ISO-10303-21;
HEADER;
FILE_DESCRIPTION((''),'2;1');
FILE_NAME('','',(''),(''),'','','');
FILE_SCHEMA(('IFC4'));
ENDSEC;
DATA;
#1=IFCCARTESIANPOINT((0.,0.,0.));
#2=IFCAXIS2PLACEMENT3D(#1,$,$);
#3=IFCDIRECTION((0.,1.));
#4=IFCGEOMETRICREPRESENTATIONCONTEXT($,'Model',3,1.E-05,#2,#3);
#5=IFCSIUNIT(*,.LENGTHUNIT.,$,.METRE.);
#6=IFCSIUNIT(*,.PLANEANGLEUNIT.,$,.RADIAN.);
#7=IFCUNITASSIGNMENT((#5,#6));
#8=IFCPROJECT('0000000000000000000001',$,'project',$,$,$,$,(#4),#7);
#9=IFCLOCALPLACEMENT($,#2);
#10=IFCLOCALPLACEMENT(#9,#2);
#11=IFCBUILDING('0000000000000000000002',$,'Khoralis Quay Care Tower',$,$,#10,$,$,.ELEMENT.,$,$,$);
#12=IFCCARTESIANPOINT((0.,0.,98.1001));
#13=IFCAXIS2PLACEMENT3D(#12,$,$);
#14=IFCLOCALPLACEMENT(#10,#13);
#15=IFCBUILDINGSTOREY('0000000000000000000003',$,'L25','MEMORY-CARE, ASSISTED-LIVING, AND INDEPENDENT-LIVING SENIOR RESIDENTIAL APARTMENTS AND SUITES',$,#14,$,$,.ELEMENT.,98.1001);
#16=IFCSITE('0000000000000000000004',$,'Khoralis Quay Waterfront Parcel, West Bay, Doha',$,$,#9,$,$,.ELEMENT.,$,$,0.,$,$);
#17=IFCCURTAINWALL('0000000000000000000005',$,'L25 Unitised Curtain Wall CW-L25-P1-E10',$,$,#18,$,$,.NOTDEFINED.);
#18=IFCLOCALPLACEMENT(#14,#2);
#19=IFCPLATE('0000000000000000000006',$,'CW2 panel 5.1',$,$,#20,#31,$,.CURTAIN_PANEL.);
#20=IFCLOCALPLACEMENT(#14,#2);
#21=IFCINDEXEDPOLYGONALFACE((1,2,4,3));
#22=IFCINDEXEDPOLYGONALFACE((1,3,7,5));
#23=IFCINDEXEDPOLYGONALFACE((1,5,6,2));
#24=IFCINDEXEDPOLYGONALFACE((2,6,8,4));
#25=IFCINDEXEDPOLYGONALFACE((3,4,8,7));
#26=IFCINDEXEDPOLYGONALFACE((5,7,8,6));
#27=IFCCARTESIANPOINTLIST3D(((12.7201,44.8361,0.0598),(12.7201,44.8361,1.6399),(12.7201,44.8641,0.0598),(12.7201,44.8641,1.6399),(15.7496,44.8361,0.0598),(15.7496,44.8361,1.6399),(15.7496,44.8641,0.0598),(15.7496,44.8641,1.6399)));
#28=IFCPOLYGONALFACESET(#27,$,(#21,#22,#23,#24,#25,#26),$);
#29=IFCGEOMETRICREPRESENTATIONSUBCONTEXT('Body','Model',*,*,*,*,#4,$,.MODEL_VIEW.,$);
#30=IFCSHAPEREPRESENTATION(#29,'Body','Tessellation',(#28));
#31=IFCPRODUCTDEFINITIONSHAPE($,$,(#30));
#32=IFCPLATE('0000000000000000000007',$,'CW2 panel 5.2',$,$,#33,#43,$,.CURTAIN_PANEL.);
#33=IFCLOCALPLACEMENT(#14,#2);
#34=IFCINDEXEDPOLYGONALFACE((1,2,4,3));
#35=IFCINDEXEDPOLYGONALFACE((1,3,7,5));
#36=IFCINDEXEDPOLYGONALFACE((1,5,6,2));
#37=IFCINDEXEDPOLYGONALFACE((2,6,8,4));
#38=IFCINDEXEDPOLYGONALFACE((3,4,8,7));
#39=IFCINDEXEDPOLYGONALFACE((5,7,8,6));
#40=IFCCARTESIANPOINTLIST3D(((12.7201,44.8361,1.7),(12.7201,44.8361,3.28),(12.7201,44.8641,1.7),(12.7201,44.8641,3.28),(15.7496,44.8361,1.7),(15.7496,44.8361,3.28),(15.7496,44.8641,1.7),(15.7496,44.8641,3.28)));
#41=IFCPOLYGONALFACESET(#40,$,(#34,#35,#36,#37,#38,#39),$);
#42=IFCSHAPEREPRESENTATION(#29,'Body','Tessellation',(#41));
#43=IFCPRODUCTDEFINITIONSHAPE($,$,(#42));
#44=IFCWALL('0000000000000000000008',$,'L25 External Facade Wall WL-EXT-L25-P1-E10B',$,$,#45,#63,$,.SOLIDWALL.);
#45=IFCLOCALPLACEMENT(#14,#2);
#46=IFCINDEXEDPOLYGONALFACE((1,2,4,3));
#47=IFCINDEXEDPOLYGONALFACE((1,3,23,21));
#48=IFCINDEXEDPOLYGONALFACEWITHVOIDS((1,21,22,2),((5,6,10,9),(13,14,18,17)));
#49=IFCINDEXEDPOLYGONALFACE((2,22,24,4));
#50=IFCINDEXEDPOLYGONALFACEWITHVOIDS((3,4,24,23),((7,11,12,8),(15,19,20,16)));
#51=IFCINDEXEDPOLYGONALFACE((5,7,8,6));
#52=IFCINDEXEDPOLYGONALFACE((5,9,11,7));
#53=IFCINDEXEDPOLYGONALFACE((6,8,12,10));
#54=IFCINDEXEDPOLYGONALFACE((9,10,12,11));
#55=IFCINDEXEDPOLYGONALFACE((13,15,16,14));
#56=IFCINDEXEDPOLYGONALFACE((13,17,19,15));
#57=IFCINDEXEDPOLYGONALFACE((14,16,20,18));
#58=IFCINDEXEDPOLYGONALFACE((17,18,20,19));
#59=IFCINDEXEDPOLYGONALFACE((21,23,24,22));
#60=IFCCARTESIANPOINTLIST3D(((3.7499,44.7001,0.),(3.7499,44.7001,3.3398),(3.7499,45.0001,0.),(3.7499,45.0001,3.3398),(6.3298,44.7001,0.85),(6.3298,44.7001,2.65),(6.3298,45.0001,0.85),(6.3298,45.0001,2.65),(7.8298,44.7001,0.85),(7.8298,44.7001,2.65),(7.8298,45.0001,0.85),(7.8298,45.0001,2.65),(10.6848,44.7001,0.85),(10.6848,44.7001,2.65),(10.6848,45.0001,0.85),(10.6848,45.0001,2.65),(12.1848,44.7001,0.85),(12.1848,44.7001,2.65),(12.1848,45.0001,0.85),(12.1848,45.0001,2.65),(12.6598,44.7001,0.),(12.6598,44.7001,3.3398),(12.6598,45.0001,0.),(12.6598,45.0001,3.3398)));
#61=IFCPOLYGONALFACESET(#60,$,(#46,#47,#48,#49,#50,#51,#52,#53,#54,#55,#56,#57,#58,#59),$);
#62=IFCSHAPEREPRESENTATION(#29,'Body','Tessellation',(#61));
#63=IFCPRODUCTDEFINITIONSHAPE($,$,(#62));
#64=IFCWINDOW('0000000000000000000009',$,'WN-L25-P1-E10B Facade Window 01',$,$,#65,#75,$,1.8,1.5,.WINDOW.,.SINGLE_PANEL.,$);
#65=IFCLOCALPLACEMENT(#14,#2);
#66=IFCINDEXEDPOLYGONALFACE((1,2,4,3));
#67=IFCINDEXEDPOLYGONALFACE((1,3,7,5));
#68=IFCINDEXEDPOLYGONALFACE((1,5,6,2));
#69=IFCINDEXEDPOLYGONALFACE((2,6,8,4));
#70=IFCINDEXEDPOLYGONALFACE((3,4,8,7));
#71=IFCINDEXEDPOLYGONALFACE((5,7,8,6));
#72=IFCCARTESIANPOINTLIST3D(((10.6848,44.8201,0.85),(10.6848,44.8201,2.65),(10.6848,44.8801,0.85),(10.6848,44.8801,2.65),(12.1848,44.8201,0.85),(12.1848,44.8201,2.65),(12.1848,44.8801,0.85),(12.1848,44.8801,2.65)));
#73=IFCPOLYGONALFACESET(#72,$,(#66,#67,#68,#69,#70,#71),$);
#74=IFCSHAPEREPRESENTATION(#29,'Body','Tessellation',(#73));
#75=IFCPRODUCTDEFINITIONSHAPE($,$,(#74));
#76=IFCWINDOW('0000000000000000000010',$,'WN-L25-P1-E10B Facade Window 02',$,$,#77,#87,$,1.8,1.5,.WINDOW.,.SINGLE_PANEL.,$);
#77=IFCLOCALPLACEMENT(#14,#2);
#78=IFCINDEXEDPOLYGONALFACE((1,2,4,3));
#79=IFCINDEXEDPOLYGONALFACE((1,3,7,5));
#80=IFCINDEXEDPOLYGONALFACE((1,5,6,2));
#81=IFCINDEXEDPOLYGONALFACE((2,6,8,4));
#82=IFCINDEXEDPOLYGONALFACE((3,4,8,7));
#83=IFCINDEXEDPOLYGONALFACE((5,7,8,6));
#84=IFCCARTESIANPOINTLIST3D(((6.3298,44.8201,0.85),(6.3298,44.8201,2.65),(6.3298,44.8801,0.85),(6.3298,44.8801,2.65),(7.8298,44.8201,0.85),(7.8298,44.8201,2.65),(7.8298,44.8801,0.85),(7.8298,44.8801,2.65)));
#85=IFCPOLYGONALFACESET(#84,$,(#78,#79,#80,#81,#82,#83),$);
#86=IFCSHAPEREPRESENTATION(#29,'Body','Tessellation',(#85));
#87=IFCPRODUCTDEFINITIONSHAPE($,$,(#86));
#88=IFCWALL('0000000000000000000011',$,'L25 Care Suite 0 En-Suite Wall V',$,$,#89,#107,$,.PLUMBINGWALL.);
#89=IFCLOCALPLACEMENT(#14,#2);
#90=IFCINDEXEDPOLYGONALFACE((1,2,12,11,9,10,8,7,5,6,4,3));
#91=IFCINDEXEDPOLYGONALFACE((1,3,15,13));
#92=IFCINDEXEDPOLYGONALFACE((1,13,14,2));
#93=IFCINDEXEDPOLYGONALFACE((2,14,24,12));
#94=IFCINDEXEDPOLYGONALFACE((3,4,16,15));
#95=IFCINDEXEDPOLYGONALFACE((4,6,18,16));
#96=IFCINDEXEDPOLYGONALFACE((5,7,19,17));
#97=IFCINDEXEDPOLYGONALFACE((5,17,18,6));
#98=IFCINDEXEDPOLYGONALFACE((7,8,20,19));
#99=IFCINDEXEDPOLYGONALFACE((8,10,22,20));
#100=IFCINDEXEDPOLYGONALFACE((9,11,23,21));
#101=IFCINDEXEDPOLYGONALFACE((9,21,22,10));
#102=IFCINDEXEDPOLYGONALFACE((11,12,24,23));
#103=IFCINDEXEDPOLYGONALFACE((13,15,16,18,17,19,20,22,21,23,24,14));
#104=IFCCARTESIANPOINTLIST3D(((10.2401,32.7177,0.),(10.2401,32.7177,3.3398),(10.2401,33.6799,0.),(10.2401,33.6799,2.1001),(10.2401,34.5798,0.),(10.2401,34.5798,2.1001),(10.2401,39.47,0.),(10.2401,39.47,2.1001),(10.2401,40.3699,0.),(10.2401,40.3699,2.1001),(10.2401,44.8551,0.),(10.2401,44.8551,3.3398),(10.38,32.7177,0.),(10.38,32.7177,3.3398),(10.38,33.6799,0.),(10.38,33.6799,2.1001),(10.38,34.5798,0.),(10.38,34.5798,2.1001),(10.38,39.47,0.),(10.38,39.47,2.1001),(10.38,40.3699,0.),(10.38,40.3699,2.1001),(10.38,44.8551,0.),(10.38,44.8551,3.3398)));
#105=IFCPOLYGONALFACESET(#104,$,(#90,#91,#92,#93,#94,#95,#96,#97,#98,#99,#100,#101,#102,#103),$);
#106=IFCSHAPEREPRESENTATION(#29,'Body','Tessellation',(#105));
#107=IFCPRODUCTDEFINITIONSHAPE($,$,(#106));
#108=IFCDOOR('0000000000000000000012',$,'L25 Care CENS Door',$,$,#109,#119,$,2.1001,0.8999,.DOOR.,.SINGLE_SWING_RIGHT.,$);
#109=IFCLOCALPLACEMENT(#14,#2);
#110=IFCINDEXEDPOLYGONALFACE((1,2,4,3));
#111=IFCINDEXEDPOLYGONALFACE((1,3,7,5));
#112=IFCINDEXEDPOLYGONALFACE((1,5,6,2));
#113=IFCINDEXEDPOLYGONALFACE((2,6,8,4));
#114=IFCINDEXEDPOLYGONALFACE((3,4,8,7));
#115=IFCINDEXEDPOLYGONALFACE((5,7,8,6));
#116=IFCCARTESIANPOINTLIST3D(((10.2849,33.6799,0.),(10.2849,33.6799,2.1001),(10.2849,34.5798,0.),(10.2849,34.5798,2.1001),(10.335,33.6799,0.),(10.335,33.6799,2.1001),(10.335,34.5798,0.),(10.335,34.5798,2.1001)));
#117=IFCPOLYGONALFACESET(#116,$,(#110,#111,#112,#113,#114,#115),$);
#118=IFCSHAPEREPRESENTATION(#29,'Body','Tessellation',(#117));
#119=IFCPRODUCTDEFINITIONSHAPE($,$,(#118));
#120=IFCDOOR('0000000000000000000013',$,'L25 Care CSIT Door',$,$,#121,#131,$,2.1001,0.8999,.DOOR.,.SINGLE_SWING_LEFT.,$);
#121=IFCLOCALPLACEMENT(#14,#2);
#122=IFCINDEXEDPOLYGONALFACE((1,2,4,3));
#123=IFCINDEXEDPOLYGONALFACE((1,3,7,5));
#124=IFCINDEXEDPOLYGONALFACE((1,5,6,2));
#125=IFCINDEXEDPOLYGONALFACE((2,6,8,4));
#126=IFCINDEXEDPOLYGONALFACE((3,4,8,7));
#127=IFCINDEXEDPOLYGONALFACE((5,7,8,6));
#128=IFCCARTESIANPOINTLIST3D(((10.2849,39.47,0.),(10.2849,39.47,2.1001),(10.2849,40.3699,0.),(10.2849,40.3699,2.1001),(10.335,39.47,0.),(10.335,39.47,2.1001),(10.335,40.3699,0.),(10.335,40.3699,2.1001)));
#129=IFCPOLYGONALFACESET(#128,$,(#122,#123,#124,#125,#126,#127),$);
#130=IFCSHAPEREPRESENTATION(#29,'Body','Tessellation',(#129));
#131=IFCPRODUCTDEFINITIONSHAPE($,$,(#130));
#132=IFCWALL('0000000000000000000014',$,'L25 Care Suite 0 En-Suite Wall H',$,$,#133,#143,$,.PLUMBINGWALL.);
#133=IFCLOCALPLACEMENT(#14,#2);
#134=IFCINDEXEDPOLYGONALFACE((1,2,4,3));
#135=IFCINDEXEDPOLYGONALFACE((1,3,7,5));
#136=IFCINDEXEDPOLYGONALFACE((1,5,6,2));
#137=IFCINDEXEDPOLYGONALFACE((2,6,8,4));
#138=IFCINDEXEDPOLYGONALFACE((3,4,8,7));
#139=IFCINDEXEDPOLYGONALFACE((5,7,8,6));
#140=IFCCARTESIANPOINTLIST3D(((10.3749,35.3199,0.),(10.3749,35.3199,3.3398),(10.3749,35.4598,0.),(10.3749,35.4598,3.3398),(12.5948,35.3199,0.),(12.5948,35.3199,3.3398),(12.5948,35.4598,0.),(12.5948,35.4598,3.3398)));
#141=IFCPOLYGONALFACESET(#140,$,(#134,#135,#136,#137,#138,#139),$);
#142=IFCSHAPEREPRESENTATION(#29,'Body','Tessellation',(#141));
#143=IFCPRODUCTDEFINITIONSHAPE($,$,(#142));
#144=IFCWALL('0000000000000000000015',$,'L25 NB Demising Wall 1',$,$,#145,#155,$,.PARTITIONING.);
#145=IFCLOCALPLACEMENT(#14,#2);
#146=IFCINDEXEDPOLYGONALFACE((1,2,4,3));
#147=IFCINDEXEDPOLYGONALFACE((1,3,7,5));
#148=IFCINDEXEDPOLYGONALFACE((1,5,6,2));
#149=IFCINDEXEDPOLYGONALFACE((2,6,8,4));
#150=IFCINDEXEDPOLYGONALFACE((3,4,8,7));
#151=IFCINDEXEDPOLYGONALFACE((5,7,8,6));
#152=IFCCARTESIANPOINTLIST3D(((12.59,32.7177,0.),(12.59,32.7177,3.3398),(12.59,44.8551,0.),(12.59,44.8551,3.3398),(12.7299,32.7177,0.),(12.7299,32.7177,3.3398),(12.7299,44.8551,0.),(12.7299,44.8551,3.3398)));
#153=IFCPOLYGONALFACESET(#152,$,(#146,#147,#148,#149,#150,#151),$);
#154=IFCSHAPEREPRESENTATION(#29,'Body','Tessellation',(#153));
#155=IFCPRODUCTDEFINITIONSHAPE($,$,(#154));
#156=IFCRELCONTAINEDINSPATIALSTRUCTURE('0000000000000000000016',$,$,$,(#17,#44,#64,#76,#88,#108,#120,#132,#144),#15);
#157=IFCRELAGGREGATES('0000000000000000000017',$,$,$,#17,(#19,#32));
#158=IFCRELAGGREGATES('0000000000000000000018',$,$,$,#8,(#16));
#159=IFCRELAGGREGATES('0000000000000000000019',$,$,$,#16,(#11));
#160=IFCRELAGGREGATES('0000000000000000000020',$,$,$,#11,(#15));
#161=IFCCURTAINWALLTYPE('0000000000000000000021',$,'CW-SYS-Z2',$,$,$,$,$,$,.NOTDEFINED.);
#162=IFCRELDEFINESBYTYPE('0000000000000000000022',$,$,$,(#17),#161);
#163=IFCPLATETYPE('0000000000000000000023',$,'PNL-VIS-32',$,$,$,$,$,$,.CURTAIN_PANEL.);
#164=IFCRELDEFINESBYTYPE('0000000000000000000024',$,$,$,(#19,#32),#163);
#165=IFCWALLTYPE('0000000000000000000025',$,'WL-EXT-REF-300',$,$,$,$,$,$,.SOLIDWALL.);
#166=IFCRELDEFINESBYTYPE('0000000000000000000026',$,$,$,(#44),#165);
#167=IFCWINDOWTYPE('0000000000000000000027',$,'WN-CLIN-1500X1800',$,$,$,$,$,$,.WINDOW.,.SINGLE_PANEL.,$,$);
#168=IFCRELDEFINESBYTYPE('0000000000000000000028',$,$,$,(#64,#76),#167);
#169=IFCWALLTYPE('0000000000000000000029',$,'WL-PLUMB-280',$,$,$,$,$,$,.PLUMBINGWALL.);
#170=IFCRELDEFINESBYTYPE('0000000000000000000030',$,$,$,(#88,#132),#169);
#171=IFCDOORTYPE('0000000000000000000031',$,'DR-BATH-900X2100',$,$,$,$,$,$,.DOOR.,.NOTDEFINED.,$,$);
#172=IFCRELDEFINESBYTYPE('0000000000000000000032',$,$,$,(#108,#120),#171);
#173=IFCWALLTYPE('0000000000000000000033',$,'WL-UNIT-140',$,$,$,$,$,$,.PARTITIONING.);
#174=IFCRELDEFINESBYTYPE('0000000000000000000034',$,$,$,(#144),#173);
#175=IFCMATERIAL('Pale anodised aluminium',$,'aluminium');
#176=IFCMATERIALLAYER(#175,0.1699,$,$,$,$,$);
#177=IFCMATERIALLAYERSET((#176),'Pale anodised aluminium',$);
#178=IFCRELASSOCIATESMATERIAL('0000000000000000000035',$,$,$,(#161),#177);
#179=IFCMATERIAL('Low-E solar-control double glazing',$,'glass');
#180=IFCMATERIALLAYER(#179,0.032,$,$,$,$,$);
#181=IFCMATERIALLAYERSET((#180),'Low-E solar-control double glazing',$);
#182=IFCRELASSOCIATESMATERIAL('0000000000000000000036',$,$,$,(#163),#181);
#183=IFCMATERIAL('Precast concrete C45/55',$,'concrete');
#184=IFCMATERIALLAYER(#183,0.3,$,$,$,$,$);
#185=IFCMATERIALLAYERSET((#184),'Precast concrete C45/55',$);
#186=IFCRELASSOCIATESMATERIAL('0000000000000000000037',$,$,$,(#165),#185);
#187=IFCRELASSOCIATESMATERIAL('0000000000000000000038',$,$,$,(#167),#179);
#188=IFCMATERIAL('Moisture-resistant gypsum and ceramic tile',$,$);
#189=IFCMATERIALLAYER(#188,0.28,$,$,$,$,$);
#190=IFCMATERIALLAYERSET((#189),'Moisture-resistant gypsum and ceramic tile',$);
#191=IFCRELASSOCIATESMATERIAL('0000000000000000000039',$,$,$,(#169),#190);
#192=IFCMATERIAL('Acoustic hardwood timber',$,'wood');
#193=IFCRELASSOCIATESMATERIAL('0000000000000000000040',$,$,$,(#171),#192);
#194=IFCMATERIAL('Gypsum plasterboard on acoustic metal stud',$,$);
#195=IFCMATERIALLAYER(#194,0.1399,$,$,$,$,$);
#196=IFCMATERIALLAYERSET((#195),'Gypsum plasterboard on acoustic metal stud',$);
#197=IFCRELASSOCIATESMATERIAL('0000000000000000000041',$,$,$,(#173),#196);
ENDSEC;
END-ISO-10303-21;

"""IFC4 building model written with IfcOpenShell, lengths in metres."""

from ifc_helpers import new_model, si_unit, direction, frame, frame_2d, origin, origin_2d, place, context, subcontext, project, spatial, rectangle, extrude, source, transform, mapped, material, layer, layer_set, type_object, element, fill, aggregate, save


model = new_model("IFC4")

# Units and contexts
model_context = context("Model", 3, precision=1e-05, world=origin(), true_north=direction((0.0, 1.0)))
body_context = subcontext(model_context, "Body", "Model", "MODEL_VIEW")
ifc_project = project(units=[si_unit("LENGTHUNIT", "METRE"), si_unit("PLANEANGLEUNIT", "RADIAN")], contexts=[model_context])

# Site, building, storey
site_placement = place(None, origin())
site = spatial("IfcSite", under=ifc_project, at=site_placement, Name="Khoralis Quay Waterfront Parcel, West Bay, Doha", CompositionType="ELEMENT", RefElevation=0.0)
building_placement = place(site_placement, origin())
building = spatial("IfcBuilding", under=site, at=building_placement, Name="Khoralis Quay Care Tower", CompositionType="ELEMENT")
storey_placement = place(building_placement, frame((0.0, 0.0, 98.1001)))
storey = spatial("IfcBuildingStorey", under=building, at=storey_placement, Name="L25", Description="MEMORY-CARE, ASSISTED-LIVING, AND INDEPENDENT-LIVING SENIOR RESIDENTIAL APARTMENTS AND SUITES", CompositionType="ELEMENT", Elevation=98.1001)

# Curtain wall, plates
ifc_material_1 = material(Name="Pale anodised aluminium", Category="aluminium")
ifc_layer_1 = layer(ifc_material_1, 0.1699)
ifc_layer_set_1 = layer_set([ifc_layer_1], Name="Pale anodised aluminium")
curtain_wall_type = type_object("IfcCurtainWallType", Name="CW-SYS-Z2", PredefinedType="NOTDEFINED", material=ifc_layer_set_1)
curtain_wall_placement = place(storey_placement, origin())
curtain_wall = element("IfcCurtainWall", 1, at=curtain_wall_placement, inside=storey, type_object=curtain_wall_type, Name="L25 Unitised Curtain Wall CW-L25-P1-E10", PredefinedType="NOTDEFINED")
ifc_material_2 = material(Name="Low-E solar-control double glazing", Category="glass")
ifc_layer_2 = layer(ifc_material_2, 0.032)
ifc_layer_set_2 = layer_set([ifc_layer_2], Name="Low-E solar-control double glazing")
plate_type = type_object("IfcPlateType", Name="PNL-VIS-32", PredefinedType="CURTAIN_PANEL", material=ifc_layer_set_2)
shared_shape_1 = source(origin(), body_context, "Body", "SweptSolid", [
    extrude(rectangle(XDim=3.0295, YDim=0.0281, at=origin_2d()), origin(), (0.0, 0.0, 1.0), 1.5801),
])
plate_1_placement = place(storey_placement, frame((14.2349, 44.8501, 0.0598), z_axis=(0.0, 0.0, 1.0), x_axis=(-1.0, 0.0, 0.0)))
plate_1 = element("IfcPlate", 2, at=plate_1_placement, type_object=plate_type, Name="CW2 panel 5.1", PredefinedType="CURTAIN_PANEL", context=body_context, shape_type="MappedRepresentation", body=[
    mapped(shared_shape_1, transform((0.0, 0.0, 0.0), scale=1.0)),
])
plate_2_placement = place(storey_placement, frame((14.2349, 44.8501, 1.7), z_axis=(0.0, 0.0, 1.0), x_axis=(-1.0, 0.0, 0.0)))
plate_2 = element("IfcPlate", 3, at=plate_2_placement, type_object=plate_type, Name="CW2 panel 5.2", PredefinedType="CURTAIN_PANEL", context=body_context, shape_type="MappedRepresentation", body=[
    mapped(shared_shape_1, transform((0.0, 0.0, 0.0), scale=1.0)),
])
aggregate(curtain_wall, [plate_1, plate_2])

# Wall, openings, windows
ifc_material_3 = material(Name="Precast concrete C45/55", Category="concrete")
ifc_layer_3 = layer(ifc_material_3, 0.3)
ifc_layer_set_3 = layer_set([ifc_layer_3], Name="Precast concrete C45/55")
wall_type_1 = type_object("IfcWallType", Name="WL-EXT-REF-300", PredefinedType="SOLIDWALL", material=ifc_layer_set_3)
wall_1_placement = place(storey_placement, frame((12.6599, 44.8501, 0.0), z_axis=(0.0, 0.0, 1.0), x_axis=(-1.0, 0.0, 0.0)))
wall_1 = element("IfcWall", 4, at=wall_1_placement, inside=storey, type_object=wall_type_1, Name="L25 External Facade Wall WL-EXT-L25-P1-E10B", PredefinedType="SOLIDWALL", context=body_context, shape_type="SweptSolid", body=[
    extrude(rectangle(XDim=8.9099, YDim=0.3, at=frame_2d((4.4551, 0.0))), origin(), (0.0, 0.0, 1.0), 3.3398),
])
opening_1_placement = place(wall_1_placement, frame((0.4751, 0.0, 0.8501)))
opening_1 = element("IfcOpeningElement", 5, at=opening_1_placement, cuts=wall_1, PredefinedType="OPENING", context=body_context, shape_type="SweptSolid", body=[
    extrude(rectangle(XDim=1.5, YDim=1.8, at=frame_2d((0.75, 0.8999))), frame((0.0, 0.1602, 0.0), z_axis=(0.0, -1.0, 0.0), x_axis=(1.0, 0.0, 0.0)), (0.0, 0.0, 1.0), 0.3201),
])
opening_2_placement = place(wall_1_placement, frame((4.8301, 0.0, 0.8501)))
opening_2 = element("IfcOpeningElement", 6, at=opening_2_placement, cuts=wall_1, PredefinedType="OPENING", context=body_context, shape_type="SweptSolid", body=[
    extrude(rectangle(XDim=1.5, YDim=1.8, at=frame_2d((0.75, 0.8999))), frame((0.0, 0.1602, 0.0), z_axis=(0.0, -1.0, 0.0), x_axis=(1.0, 0.0, 0.0)), (0.0, 0.0, 1.0), 0.3201),
])
window_type = type_object("IfcWindowType", Name="WN-CLIN-1500X1800", PartitioningType="SINGLE_PANEL", PredefinedType="WINDOW", material=ifc_material_2)
shared_shape_2 = source(origin(), body_context, "Body", "SweptSolid", [
    extrude(rectangle(XDim=1.5, YDim=1.8, at=frame_2d((0.75, 0.8999))), frame((0.0, 0.03, 0.0), z_axis=(0.0, -1.0, 0.0), x_axis=(1.0, 0.0, 0.0)), (0.0, 0.0, 1.0), 0.0601),
])
window_1_placement = place(opening_1_placement, origin())
window_1 = element("IfcWindow", 7, at=window_1_placement, inside=storey, type_object=window_type, Name="WN-L25-P1-E10B Facade Window 01", OverallHeight=1.8, OverallWidth=1.5, PartitioningType="SINGLE_PANEL", PredefinedType="WINDOW", context=body_context, shape_type="MappedRepresentation", body=[
    mapped(shared_shape_2, transform((0.0, 0.0, 0.0), scale=1.0)),
])
fill(opening_1, window_1)
window_2_placement = place(opening_2_placement, origin())
window_2 = element("IfcWindow", 8, at=window_2_placement, inside=storey, type_object=window_type, Name="WN-L25-P1-E10B Facade Window 02", OverallHeight=1.8, OverallWidth=1.5, PartitioningType="SINGLE_PANEL", PredefinedType="WINDOW", context=body_context, shape_type="MappedRepresentation", body=[
    mapped(shared_shape_2, transform((0.0, 0.0, 0.0), scale=1.0)),
])
fill(opening_2, window_2)

# Wall, openings, doors
ifc_material_4 = material(Name="Moisture-resistant gypsum and ceramic tile")
ifc_layer_4 = layer(ifc_material_4, 0.28)
ifc_layer_set_4 = layer_set([ifc_layer_4], Name="Moisture-resistant gypsum and ceramic tile")
wall_type_2 = type_object("IfcWallType", Name="WL-PLUMB-280", PredefinedType="PLUMBINGWALL", material=ifc_layer_set_4)
wall_2_placement = place(storey_placement, frame((10.3101, 32.7175, 0.0), z_axis=(0.0, 0.0, 1.0), x_axis=(0.0, 1.0, 0.0)))
wall_2 = element("IfcWall", 9, at=wall_2_placement, inside=storey, type_object=wall_type_2, Name="L25 Care Suite 0 En-Suite Wall V", PredefinedType="PLUMBINGWALL", context=body_context, shape_type="SweptSolid", body=[
    extrude(rectangle(XDim=12.1375, YDim=0.1399, at=frame_2d((6.0688, 0.0))), origin(), (0.0, 0.0, 1.0), 3.3398),
])
opening_3_placement = place(wall_2_placement, frame((0.9624, 0.0, 0.0)))
opening_3 = element("IfcOpeningElement", 10, at=opening_3_placement, cuts=wall_2, PredefinedType="OPENING", context=body_context, shape_type="SweptSolid", body=[
    extrude(rectangle(XDim=0.8999, YDim=2.1001, at=frame_2d((0.45, 1.05))), frame((0.0, 0.0801, 0.0), z_axis=(0.0, -1.0, 0.0), x_axis=(1.0, 0.0, 0.0)), (0.0, 0.0, 1.0), 0.1599),
])
opening_4_placement = place(wall_2_placement, frame((6.7524, 0.0, 0.0)))
opening_4 = element("IfcOpeningElement", 11, at=opening_4_placement, cuts=wall_2, PredefinedType="OPENING", context=body_context, shape_type="SweptSolid", body=[
    extrude(rectangle(XDim=0.8999, YDim=2.1001, at=frame_2d((0.45, 1.05))), frame((0.0, 0.0801, 0.0), z_axis=(0.0, -1.0, 0.0), x_axis=(1.0, 0.0, 0.0)), (0.0, 0.0, 1.0), 0.1599),
])
ifc_material_5 = material(Name="Acoustic hardwood timber", Category="wood")
door_type = type_object("IfcDoorType", Name="DR-BATH-900X2100", OperationType="NOTDEFINED", PredefinedType="DOOR", material=ifc_material_5)
shared_shape_3 = source(origin(), body_context, "Body", "SweptSolid", [
    extrude(rectangle(XDim=0.8999, YDim=2.1001, at=frame_2d((0.45, 1.05))), frame((0.0, 0.0249, 0.0), z_axis=(0.0, -1.0, 0.0), x_axis=(1.0, 0.0, 0.0)), (0.0, 0.0, 1.0), 0.05),
])
door_1_placement = place(opening_3_placement, frame((0.8999, 0.0, 0.0), z_axis=(0.0, 0.0, 1.0), x_axis=(-1.0, 0.0, 0.0)))
door_1 = element("IfcDoor", 12, at=door_1_placement, inside=storey, type_object=door_type, Name="L25 Care CENS Door", OperationType="SINGLE_SWING_RIGHT", OverallHeight=2.1001, OverallWidth=0.8999, PredefinedType="DOOR", context=body_context, shape_type="MappedRepresentation", body=[
    mapped(shared_shape_3, transform((0.0, 0.0, 0.0), scale=1.0)),
])
fill(opening_3, door_1)
door_2_placement = place(opening_4_placement, frame((0.8999, 0.0, 0.0), z_axis=(0.0, 0.0, 1.0), x_axis=(-1.0, 0.0, 0.0)))
door_2 = element("IfcDoor", 13, at=door_2_placement, inside=storey, type_object=door_type, Name="L25 Care CSIT Door", OperationType="SINGLE_SWING_LEFT", OverallHeight=2.1001, OverallWidth=0.8999, PredefinedType="DOOR", context=body_context, shape_type="MappedRepresentation", body=[
    mapped(shared_shape_3, transform((0.0, 0.0, 0.0), scale=1.0)),
])
fill(opening_4, door_2)

# Walls
wall_3_placement = place(storey_placement, frame((10.375, 35.3899, 0.0), z_axis=(0.0, 0.0, 1.0), x_axis=(1.0, 0.0, 0.0)))
element("IfcWall", 14, at=wall_3_placement, inside=storey, type_object=wall_type_2, Name="L25 Care Suite 0 En-Suite Wall H", PredefinedType="PLUMBINGWALL", context=body_context, shape_type="SweptSolid", body=[
    extrude(rectangle(XDim=2.22, YDim=0.1399, at=frame_2d((1.1099, 0.0))), origin(), (0.0, 0.0, 1.0), 3.3398),
])
ifc_material_6 = material(Name="Gypsum plasterboard on acoustic metal stud")
ifc_layer_5 = layer(ifc_material_6, 0.1399)
ifc_layer_set_5 = layer_set([ifc_layer_5], Name="Gypsum plasterboard on acoustic metal stud")
wall_type_3 = type_object("IfcWallType", Name="WL-UNIT-140", PredefinedType="PARTITIONING", material=ifc_layer_set_5)
wall_4_placement = place(storey_placement, frame((12.6599, 32.7175, 0.0), z_axis=(0.0, 0.0, 1.0), x_axis=(0.0, 1.0, 0.0)))
element("IfcWall", 15, at=wall_4_placement, inside=storey, type_object=wall_type_3, Name="L25 NB Demising Wall 1", PredefinedType="PARTITIONING", context=body_context, shape_type="SweptSolid", body=[
    extrude(rectangle(XDim=12.1375, YDim=0.1399, at=frame_2d((6.0688, 0.0))), origin(), (0.0, 0.0, 1.0), 3.3398),
])

save(model, "model.ifc")
